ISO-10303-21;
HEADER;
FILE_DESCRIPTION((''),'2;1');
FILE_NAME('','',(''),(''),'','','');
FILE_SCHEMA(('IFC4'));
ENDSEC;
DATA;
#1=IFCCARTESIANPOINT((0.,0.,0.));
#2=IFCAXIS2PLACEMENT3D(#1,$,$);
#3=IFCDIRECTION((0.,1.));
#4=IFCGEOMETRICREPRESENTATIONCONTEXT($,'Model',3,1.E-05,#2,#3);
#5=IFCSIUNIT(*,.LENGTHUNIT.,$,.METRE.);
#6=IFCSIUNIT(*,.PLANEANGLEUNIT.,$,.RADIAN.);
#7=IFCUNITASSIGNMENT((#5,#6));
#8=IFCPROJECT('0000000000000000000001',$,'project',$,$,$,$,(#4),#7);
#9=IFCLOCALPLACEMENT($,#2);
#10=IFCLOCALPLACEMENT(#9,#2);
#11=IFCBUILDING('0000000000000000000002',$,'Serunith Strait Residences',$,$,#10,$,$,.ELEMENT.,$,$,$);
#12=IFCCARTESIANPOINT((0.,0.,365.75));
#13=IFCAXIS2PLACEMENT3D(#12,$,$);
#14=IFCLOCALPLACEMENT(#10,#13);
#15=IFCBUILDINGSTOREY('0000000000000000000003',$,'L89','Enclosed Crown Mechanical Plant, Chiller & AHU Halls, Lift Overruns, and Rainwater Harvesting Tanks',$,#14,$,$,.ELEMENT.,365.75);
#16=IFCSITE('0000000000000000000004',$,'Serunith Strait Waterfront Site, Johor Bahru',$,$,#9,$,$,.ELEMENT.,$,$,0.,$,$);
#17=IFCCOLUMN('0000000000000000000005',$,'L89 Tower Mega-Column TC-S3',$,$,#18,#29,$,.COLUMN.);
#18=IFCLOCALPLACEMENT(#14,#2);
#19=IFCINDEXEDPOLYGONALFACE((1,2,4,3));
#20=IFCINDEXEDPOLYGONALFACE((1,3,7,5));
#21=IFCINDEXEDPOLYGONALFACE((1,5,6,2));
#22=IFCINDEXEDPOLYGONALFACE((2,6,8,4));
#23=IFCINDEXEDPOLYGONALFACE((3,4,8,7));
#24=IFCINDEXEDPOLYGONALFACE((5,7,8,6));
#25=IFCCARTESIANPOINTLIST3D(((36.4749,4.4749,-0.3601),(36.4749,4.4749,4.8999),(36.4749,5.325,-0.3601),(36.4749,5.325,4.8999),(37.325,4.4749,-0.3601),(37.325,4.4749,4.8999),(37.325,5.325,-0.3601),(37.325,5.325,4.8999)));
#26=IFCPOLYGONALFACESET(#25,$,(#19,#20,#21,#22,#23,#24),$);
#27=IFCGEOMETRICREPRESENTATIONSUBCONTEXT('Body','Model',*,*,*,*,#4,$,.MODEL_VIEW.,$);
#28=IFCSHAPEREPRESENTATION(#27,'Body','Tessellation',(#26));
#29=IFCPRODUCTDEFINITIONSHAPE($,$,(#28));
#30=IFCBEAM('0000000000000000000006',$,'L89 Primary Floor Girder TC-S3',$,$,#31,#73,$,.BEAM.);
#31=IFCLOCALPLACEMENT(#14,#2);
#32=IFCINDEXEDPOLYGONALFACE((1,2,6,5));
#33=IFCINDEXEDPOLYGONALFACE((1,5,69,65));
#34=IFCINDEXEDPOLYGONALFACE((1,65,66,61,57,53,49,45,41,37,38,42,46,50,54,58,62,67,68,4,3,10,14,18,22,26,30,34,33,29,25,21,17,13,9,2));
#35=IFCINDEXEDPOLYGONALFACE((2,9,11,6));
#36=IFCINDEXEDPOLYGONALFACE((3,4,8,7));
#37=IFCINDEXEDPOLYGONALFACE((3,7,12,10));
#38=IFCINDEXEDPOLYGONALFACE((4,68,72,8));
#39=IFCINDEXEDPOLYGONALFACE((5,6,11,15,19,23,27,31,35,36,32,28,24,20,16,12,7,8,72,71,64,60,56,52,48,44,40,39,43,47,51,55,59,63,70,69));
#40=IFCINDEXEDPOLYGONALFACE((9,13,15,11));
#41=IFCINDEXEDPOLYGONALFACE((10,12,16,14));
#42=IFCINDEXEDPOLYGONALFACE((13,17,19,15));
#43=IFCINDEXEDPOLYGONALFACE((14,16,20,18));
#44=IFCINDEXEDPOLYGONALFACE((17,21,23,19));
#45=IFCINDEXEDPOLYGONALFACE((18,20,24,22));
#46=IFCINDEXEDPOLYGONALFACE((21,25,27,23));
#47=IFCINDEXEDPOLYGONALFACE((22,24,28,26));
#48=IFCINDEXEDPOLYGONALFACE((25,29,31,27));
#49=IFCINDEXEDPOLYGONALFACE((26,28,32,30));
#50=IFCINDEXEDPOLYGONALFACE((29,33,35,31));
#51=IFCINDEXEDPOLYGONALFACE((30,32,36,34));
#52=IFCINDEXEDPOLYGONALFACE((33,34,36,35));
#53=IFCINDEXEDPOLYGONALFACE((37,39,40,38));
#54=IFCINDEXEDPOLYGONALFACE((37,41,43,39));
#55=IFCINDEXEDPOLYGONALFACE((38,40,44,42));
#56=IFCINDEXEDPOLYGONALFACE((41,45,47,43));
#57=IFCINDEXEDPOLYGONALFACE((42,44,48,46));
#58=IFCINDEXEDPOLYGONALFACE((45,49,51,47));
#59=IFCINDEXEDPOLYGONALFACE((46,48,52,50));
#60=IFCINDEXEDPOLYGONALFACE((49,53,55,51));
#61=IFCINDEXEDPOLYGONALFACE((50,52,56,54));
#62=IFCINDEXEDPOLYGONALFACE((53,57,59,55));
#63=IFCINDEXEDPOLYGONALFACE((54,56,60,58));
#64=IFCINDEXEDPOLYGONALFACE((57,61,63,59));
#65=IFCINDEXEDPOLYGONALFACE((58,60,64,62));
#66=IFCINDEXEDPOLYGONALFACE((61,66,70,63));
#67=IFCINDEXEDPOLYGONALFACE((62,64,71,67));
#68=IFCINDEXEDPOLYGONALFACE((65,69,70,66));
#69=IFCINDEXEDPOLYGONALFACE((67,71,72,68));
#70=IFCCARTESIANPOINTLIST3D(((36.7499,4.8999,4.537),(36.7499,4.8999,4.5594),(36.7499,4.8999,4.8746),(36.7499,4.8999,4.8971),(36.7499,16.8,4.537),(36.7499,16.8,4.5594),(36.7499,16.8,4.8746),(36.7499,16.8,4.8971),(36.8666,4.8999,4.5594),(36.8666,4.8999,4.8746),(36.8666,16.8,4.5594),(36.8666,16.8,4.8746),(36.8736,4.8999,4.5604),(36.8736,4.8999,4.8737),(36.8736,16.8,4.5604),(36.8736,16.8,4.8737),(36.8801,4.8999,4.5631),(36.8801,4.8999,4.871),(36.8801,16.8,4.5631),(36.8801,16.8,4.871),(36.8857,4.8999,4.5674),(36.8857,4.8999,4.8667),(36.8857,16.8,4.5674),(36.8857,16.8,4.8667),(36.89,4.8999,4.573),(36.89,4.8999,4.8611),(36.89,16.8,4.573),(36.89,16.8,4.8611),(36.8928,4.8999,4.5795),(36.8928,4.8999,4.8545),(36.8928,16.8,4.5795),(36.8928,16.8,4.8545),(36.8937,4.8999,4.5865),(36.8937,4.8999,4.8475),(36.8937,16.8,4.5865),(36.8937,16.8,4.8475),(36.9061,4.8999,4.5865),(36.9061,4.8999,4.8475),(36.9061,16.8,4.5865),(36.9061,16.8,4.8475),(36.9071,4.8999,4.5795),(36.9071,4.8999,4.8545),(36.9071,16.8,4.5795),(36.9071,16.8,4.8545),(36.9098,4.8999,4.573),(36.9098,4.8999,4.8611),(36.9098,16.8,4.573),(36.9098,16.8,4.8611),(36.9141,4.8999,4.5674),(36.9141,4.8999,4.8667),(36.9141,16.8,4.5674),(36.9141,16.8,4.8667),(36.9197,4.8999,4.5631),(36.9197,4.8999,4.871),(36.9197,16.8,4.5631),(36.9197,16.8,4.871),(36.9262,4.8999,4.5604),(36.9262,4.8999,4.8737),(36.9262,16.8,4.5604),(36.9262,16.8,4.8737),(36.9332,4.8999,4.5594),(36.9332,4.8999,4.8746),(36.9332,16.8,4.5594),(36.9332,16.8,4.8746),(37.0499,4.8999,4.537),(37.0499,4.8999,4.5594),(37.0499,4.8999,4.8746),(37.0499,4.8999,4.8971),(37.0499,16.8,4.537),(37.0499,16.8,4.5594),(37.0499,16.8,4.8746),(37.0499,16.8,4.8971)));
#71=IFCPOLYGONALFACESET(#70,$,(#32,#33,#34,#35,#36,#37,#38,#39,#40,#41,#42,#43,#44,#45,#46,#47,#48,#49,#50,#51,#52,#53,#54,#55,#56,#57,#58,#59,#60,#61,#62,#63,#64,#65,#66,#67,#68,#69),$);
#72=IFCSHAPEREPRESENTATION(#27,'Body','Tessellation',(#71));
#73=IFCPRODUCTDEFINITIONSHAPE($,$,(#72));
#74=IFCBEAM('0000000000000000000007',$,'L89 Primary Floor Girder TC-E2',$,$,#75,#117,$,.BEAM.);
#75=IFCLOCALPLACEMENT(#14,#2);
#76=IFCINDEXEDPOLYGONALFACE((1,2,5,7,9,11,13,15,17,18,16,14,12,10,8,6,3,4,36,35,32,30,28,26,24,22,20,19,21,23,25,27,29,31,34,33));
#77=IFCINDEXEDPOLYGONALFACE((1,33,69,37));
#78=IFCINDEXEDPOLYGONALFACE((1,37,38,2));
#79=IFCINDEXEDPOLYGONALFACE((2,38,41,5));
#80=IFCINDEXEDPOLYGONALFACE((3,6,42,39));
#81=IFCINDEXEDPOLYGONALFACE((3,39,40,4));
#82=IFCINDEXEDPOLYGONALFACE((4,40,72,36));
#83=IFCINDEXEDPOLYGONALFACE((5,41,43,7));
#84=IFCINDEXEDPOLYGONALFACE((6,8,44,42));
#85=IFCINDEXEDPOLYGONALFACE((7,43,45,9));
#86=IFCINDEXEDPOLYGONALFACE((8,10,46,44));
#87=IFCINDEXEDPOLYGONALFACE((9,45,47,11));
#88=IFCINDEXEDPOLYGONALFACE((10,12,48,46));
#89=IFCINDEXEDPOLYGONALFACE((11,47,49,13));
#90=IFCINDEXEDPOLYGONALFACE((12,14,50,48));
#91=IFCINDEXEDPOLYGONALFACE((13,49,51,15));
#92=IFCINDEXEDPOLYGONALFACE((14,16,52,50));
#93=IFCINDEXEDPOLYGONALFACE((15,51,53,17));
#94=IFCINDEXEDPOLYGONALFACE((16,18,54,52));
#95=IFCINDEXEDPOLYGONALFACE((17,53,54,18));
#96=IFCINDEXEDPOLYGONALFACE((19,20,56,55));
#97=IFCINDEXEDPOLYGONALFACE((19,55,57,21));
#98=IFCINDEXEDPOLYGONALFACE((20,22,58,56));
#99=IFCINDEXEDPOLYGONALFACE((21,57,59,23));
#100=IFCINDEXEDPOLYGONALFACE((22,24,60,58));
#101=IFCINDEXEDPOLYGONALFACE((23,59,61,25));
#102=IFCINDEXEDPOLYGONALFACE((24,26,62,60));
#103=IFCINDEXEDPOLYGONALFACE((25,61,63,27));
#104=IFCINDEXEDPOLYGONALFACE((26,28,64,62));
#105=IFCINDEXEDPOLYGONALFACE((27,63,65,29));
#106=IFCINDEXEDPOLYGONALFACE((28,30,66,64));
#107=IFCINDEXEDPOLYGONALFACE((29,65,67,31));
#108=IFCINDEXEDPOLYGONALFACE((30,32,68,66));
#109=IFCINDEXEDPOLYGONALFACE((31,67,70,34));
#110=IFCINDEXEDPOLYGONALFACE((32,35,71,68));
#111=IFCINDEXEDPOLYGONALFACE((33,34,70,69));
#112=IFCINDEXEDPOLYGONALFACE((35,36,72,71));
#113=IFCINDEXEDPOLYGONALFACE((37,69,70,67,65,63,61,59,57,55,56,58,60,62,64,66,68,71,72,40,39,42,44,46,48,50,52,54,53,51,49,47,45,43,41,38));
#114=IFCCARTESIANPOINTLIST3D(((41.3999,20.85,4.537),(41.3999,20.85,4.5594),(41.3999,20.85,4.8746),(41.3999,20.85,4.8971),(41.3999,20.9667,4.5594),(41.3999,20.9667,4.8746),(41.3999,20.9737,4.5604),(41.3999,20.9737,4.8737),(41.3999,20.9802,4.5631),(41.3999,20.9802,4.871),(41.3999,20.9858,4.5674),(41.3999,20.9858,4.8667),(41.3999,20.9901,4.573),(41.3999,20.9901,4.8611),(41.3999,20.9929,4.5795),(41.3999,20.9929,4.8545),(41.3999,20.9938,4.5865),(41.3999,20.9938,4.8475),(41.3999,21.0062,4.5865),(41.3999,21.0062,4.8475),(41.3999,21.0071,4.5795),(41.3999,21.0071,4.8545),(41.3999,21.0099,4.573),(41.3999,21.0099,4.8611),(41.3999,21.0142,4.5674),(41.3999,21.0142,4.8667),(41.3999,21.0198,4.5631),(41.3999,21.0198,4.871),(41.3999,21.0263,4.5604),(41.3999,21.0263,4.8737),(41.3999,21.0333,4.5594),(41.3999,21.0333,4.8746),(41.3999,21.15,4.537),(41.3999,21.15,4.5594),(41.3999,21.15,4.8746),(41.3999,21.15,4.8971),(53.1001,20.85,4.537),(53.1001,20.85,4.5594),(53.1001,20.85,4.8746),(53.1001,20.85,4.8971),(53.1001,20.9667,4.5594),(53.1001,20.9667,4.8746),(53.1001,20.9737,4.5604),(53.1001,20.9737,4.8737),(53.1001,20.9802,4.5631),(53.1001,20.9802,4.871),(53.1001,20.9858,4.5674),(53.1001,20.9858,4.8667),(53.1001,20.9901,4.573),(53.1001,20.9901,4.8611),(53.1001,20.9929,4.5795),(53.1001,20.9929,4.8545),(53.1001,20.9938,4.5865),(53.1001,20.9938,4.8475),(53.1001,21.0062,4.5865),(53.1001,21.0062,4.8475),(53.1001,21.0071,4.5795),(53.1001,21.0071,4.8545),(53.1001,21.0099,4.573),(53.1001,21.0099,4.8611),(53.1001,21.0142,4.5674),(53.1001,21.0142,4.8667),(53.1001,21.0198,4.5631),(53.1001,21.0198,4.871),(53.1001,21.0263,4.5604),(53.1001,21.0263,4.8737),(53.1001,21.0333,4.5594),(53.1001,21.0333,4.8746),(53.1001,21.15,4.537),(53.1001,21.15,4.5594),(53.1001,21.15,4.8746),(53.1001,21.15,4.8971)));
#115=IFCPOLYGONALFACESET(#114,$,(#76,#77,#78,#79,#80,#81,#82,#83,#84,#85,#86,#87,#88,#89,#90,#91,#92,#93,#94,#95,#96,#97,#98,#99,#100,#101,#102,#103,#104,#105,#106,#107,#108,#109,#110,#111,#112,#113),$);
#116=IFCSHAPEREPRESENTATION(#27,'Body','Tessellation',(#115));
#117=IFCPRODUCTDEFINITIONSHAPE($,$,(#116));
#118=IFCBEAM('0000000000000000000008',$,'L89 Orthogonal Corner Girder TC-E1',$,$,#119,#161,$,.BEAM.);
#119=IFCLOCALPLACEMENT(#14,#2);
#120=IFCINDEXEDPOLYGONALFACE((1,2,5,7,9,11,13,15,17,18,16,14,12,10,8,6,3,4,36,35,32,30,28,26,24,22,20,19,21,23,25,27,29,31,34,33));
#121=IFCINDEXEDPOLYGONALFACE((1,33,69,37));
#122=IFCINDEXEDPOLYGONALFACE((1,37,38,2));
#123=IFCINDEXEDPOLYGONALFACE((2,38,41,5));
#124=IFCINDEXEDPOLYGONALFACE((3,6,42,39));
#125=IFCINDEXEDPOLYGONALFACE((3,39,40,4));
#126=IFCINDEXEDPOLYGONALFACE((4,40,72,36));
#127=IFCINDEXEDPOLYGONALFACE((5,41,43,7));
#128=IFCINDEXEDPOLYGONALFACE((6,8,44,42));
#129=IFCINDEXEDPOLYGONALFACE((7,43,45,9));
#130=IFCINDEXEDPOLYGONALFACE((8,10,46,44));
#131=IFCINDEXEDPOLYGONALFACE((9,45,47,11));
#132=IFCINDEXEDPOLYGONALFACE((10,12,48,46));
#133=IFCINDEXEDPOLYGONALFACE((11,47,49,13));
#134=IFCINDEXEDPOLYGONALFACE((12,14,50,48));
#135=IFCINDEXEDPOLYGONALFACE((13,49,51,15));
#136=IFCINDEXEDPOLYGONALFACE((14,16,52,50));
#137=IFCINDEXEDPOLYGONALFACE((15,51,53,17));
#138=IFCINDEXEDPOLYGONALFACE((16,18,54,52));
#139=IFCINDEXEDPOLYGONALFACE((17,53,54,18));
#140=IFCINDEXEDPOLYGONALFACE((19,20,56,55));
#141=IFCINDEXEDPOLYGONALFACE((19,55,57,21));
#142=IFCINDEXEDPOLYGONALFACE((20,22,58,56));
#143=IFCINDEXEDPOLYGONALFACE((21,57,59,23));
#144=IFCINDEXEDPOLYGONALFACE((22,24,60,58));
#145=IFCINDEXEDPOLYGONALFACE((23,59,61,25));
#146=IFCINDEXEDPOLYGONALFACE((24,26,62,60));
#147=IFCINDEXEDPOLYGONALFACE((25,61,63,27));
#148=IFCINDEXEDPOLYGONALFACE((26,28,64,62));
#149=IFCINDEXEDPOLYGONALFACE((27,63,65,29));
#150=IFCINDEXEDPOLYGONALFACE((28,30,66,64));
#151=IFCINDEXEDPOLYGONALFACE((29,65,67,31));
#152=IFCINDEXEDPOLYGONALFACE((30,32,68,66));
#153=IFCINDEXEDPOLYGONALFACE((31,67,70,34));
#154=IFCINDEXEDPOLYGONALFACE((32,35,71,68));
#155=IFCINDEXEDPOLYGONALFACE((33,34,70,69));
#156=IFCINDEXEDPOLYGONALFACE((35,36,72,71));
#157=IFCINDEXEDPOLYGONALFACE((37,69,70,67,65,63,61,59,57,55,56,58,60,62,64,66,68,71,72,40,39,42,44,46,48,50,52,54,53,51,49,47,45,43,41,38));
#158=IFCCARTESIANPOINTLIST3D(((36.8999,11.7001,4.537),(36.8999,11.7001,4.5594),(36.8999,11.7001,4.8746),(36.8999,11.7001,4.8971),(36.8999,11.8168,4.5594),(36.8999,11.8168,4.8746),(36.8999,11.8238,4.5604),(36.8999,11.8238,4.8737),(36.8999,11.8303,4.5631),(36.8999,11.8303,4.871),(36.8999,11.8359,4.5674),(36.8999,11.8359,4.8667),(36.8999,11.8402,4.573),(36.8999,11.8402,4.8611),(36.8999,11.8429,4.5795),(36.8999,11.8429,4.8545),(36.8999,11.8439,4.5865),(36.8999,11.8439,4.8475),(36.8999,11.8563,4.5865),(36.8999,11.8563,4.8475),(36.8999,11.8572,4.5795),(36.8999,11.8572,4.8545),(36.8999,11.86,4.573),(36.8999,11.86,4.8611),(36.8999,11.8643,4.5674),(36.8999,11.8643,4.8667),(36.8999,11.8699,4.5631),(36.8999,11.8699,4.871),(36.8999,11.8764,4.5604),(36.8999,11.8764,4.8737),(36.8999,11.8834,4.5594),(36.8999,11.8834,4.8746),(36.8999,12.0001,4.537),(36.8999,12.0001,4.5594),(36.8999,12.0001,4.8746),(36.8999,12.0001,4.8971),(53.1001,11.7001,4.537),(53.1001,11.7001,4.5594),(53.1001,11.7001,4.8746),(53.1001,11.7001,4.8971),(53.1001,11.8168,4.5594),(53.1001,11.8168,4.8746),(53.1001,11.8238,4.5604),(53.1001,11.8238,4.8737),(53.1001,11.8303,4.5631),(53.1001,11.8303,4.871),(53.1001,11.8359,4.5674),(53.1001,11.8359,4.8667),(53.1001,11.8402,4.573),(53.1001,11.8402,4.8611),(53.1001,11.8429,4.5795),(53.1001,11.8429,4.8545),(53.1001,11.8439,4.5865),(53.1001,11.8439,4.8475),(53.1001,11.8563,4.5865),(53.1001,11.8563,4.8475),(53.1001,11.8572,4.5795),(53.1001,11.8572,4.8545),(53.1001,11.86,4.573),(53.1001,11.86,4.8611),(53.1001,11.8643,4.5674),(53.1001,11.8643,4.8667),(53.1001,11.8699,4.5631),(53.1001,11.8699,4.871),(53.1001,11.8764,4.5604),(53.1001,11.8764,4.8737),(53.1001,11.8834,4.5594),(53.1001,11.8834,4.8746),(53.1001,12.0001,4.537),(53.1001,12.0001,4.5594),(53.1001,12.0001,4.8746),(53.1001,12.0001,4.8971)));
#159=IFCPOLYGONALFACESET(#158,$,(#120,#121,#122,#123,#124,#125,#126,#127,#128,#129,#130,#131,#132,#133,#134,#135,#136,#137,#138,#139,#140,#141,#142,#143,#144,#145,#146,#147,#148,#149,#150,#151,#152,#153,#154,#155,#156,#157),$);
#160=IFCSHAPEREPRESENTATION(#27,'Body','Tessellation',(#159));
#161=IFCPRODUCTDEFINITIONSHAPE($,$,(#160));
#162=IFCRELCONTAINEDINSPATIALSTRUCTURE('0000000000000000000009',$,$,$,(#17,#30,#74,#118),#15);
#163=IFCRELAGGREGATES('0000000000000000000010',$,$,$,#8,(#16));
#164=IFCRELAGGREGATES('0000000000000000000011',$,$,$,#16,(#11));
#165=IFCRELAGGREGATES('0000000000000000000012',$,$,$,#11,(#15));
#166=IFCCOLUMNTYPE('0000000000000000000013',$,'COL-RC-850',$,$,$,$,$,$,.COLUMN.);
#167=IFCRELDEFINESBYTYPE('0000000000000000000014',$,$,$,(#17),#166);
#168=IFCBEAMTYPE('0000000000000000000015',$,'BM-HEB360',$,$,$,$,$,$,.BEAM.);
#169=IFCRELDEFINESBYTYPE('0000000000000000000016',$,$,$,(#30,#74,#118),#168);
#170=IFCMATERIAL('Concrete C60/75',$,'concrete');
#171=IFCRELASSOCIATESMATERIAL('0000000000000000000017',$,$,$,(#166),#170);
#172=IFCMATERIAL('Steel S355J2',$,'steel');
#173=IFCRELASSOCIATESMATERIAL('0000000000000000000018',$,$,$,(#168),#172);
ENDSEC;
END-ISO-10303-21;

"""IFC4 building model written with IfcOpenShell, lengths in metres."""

from ifc_helpers import new_model, si_unit, direction, frame, origin, origin_2d, place, context, subcontext, project, spatial, rectangle, i_section, extrude, source, transform, mapped, material, material_profile, profile_set, type_object, element, save


model = new_model("IFC4")

# Units and contexts
model_context = context("Model", 3, precision=1e-05, world=origin(), true_north=direction((0.0, 1.0)))
body_context = subcontext(model_context, "Body", "Model", "MODEL_VIEW")
ifc_project = project(units=[si_unit("LENGTHUNIT", "METRE"), si_unit("PLANEANGLEUNIT", "RADIAN")], contexts=[model_context])

# Site, building, storey
site_placement = place(None, origin())
site = spatial("IfcSite", under=ifc_project, at=site_placement, Name="Serunith Strait Waterfront Site, Johor Bahru", CompositionType="ELEMENT", RefElevation=0.0)
building_placement = place(site_placement, origin())
building = spatial("IfcBuilding", under=site, at=building_placement, Name="Serunith Strait Residences", CompositionType="ELEMENT")
storey_placement = place(building_placement, frame((0.0, 0.0, 365.75)))
storey = spatial("IfcBuildingStorey", under=building, at=storey_placement, Name="L89", Description="Enclosed Crown Mechanical Plant, Chiller & AHU Halls, Lift Overruns, and Rainwater Harvesting Tanks", CompositionType="ELEMENT", Elevation=365.75)

# Column
ifc_material_1 = material(Name="Concrete C60/75", Category="concrete")
ifc_material_profile_1 = material_profile(ifc_material_1, rectangle(XDim=0.8501, YDim=0.8501, at=origin_2d()), Name="RC 850x850")
ifc_profile_set_1 = profile_set([ifc_material_profile_1], Name="Concrete C60/75")
column_type = type_object("IfcColumnType", Name="COL-RC-850", PredefinedType="COLUMN", material=ifc_profile_set_1)
shared_shape_1 = source(origin(), body_context, "Body", "SweptSolid", [
    extrude(rectangle(XDim=0.8501, YDim=0.8501, at=origin_2d()), origin(), (0.0, 0.0, 1.0), 5.26),
])
column_placement = place(storey_placement, frame((36.8999, 4.8999, -0.3601), z_axis=(0.0, 0.0, 1.0), x_axis=(1.0, 0.0, 0.0)))
element("IfcColumn", 1, at=column_placement, inside=storey, type_object=column_type, Name="L89 Tower Mega-Column TC-S3", PredefinedType="COLUMN", context=body_context, shape_type="MappedRepresentation", body=[
    mapped(shared_shape_1, transform((0.0, 0.0, 0.0), scale=1.0)),
])

# Beams
ifc_material_2 = material(Name="Steel S355J2", Category="steel")
ifc_material_profile_2 = material_profile(ifc_material_2, i_section(OverallWidth=0.3, OverallDepth=0.3601, WebThickness=0.0125, FlangeThickness=0.0225, FilletRadius=0.0271, at=origin_2d()), Name="HEB 360")
ifc_profile_set_2 = profile_set([ifc_material_profile_2], Name="Steel S355J2")
beam_type_1 = type_object("IfcBeamType", Name="BM-HEB360", PredefinedType="BEAM", material=ifc_profile_set_2)
shared_shape_2 = source(origin(), body_context, "Body", "SweptSolid", [
    extrude(i_section(OverallWidth=0.3, OverallDepth=0.3601, WebThickness=0.0125, FlangeThickness=0.0225, FilletRadius=0.0271, at=origin_2d()), origin(), (0.0, 0.0, 1.0), 11.9001),
])
beam_1_placement = place(storey_placement, frame((36.8999, 16.8, 4.717), z_axis=(0.0, -1.0, 0.0), x_axis=(1.0, 0.0, 0.0)))
element("IfcBeam", 2, at=beam_1_placement, inside=storey, type_object=beam_type_1, Name="L89 Primary Floor Girder TC-S3", PredefinedType="BEAM", context=body_context, shape_type="MappedRepresentation", body=[
    mapped(shared_shape_2, transform((0.0, 0.0, 0.0), scale=1.0)),
])
shared_shape_3 = source(origin(), body_context, "Body", "SweptSolid", [
    extrude(i_section(OverallWidth=0.3, OverallDepth=0.3601, WebThickness=0.0125, FlangeThickness=0.0225, FilletRadius=0.0271, at=origin_2d()), origin(), (0.0, 0.0, 1.0), 11.7002),
])
beam_2_placement = place(storey_placement, frame((41.3999, 21.0, 4.717), z_axis=(1.0, 0.0, 0.0), x_axis=(0.0, 1.0, 0.0)))
element("IfcBeam", 3, at=beam_2_placement, inside=storey, type_object=beam_type_1, Name="L89 Primary Floor Girder TC-E2", PredefinedType="BEAM", context=body_context, shape_type="MappedRepresentation", body=[
    mapped(shared_shape_3, transform((0.0, 0.0, 0.0), scale=1.0)),
])
shared_shape_4 = source(origin(), body_context, "Body", "SweptSolid", [
    extrude(i_section(OverallWidth=0.3, OverallDepth=0.3601, WebThickness=0.0125, FlangeThickness=0.0225, FilletRadius=0.0271, at=origin_2d()), origin(), (0.0, 0.0, 1.0), 16.2002),
])
beam_3_placement = place(storey_placement, frame((36.8999, 11.8501, 4.717), z_axis=(1.0, 0.0, 0.0), x_axis=(0.0, 1.0, 0.0)))
element("IfcBeam", 4, at=beam_3_placement, inside=storey, type_object=beam_type_1, Name="L89 Orthogonal Corner Girder TC-E1", PredefinedType="BEAM", context=body_context, shape_type="MappedRepresentation", body=[
    mapped(shared_shape_4, transform((0.0, 0.0, 0.0), scale=1.0)),
])

save(model, "model.ifc")
